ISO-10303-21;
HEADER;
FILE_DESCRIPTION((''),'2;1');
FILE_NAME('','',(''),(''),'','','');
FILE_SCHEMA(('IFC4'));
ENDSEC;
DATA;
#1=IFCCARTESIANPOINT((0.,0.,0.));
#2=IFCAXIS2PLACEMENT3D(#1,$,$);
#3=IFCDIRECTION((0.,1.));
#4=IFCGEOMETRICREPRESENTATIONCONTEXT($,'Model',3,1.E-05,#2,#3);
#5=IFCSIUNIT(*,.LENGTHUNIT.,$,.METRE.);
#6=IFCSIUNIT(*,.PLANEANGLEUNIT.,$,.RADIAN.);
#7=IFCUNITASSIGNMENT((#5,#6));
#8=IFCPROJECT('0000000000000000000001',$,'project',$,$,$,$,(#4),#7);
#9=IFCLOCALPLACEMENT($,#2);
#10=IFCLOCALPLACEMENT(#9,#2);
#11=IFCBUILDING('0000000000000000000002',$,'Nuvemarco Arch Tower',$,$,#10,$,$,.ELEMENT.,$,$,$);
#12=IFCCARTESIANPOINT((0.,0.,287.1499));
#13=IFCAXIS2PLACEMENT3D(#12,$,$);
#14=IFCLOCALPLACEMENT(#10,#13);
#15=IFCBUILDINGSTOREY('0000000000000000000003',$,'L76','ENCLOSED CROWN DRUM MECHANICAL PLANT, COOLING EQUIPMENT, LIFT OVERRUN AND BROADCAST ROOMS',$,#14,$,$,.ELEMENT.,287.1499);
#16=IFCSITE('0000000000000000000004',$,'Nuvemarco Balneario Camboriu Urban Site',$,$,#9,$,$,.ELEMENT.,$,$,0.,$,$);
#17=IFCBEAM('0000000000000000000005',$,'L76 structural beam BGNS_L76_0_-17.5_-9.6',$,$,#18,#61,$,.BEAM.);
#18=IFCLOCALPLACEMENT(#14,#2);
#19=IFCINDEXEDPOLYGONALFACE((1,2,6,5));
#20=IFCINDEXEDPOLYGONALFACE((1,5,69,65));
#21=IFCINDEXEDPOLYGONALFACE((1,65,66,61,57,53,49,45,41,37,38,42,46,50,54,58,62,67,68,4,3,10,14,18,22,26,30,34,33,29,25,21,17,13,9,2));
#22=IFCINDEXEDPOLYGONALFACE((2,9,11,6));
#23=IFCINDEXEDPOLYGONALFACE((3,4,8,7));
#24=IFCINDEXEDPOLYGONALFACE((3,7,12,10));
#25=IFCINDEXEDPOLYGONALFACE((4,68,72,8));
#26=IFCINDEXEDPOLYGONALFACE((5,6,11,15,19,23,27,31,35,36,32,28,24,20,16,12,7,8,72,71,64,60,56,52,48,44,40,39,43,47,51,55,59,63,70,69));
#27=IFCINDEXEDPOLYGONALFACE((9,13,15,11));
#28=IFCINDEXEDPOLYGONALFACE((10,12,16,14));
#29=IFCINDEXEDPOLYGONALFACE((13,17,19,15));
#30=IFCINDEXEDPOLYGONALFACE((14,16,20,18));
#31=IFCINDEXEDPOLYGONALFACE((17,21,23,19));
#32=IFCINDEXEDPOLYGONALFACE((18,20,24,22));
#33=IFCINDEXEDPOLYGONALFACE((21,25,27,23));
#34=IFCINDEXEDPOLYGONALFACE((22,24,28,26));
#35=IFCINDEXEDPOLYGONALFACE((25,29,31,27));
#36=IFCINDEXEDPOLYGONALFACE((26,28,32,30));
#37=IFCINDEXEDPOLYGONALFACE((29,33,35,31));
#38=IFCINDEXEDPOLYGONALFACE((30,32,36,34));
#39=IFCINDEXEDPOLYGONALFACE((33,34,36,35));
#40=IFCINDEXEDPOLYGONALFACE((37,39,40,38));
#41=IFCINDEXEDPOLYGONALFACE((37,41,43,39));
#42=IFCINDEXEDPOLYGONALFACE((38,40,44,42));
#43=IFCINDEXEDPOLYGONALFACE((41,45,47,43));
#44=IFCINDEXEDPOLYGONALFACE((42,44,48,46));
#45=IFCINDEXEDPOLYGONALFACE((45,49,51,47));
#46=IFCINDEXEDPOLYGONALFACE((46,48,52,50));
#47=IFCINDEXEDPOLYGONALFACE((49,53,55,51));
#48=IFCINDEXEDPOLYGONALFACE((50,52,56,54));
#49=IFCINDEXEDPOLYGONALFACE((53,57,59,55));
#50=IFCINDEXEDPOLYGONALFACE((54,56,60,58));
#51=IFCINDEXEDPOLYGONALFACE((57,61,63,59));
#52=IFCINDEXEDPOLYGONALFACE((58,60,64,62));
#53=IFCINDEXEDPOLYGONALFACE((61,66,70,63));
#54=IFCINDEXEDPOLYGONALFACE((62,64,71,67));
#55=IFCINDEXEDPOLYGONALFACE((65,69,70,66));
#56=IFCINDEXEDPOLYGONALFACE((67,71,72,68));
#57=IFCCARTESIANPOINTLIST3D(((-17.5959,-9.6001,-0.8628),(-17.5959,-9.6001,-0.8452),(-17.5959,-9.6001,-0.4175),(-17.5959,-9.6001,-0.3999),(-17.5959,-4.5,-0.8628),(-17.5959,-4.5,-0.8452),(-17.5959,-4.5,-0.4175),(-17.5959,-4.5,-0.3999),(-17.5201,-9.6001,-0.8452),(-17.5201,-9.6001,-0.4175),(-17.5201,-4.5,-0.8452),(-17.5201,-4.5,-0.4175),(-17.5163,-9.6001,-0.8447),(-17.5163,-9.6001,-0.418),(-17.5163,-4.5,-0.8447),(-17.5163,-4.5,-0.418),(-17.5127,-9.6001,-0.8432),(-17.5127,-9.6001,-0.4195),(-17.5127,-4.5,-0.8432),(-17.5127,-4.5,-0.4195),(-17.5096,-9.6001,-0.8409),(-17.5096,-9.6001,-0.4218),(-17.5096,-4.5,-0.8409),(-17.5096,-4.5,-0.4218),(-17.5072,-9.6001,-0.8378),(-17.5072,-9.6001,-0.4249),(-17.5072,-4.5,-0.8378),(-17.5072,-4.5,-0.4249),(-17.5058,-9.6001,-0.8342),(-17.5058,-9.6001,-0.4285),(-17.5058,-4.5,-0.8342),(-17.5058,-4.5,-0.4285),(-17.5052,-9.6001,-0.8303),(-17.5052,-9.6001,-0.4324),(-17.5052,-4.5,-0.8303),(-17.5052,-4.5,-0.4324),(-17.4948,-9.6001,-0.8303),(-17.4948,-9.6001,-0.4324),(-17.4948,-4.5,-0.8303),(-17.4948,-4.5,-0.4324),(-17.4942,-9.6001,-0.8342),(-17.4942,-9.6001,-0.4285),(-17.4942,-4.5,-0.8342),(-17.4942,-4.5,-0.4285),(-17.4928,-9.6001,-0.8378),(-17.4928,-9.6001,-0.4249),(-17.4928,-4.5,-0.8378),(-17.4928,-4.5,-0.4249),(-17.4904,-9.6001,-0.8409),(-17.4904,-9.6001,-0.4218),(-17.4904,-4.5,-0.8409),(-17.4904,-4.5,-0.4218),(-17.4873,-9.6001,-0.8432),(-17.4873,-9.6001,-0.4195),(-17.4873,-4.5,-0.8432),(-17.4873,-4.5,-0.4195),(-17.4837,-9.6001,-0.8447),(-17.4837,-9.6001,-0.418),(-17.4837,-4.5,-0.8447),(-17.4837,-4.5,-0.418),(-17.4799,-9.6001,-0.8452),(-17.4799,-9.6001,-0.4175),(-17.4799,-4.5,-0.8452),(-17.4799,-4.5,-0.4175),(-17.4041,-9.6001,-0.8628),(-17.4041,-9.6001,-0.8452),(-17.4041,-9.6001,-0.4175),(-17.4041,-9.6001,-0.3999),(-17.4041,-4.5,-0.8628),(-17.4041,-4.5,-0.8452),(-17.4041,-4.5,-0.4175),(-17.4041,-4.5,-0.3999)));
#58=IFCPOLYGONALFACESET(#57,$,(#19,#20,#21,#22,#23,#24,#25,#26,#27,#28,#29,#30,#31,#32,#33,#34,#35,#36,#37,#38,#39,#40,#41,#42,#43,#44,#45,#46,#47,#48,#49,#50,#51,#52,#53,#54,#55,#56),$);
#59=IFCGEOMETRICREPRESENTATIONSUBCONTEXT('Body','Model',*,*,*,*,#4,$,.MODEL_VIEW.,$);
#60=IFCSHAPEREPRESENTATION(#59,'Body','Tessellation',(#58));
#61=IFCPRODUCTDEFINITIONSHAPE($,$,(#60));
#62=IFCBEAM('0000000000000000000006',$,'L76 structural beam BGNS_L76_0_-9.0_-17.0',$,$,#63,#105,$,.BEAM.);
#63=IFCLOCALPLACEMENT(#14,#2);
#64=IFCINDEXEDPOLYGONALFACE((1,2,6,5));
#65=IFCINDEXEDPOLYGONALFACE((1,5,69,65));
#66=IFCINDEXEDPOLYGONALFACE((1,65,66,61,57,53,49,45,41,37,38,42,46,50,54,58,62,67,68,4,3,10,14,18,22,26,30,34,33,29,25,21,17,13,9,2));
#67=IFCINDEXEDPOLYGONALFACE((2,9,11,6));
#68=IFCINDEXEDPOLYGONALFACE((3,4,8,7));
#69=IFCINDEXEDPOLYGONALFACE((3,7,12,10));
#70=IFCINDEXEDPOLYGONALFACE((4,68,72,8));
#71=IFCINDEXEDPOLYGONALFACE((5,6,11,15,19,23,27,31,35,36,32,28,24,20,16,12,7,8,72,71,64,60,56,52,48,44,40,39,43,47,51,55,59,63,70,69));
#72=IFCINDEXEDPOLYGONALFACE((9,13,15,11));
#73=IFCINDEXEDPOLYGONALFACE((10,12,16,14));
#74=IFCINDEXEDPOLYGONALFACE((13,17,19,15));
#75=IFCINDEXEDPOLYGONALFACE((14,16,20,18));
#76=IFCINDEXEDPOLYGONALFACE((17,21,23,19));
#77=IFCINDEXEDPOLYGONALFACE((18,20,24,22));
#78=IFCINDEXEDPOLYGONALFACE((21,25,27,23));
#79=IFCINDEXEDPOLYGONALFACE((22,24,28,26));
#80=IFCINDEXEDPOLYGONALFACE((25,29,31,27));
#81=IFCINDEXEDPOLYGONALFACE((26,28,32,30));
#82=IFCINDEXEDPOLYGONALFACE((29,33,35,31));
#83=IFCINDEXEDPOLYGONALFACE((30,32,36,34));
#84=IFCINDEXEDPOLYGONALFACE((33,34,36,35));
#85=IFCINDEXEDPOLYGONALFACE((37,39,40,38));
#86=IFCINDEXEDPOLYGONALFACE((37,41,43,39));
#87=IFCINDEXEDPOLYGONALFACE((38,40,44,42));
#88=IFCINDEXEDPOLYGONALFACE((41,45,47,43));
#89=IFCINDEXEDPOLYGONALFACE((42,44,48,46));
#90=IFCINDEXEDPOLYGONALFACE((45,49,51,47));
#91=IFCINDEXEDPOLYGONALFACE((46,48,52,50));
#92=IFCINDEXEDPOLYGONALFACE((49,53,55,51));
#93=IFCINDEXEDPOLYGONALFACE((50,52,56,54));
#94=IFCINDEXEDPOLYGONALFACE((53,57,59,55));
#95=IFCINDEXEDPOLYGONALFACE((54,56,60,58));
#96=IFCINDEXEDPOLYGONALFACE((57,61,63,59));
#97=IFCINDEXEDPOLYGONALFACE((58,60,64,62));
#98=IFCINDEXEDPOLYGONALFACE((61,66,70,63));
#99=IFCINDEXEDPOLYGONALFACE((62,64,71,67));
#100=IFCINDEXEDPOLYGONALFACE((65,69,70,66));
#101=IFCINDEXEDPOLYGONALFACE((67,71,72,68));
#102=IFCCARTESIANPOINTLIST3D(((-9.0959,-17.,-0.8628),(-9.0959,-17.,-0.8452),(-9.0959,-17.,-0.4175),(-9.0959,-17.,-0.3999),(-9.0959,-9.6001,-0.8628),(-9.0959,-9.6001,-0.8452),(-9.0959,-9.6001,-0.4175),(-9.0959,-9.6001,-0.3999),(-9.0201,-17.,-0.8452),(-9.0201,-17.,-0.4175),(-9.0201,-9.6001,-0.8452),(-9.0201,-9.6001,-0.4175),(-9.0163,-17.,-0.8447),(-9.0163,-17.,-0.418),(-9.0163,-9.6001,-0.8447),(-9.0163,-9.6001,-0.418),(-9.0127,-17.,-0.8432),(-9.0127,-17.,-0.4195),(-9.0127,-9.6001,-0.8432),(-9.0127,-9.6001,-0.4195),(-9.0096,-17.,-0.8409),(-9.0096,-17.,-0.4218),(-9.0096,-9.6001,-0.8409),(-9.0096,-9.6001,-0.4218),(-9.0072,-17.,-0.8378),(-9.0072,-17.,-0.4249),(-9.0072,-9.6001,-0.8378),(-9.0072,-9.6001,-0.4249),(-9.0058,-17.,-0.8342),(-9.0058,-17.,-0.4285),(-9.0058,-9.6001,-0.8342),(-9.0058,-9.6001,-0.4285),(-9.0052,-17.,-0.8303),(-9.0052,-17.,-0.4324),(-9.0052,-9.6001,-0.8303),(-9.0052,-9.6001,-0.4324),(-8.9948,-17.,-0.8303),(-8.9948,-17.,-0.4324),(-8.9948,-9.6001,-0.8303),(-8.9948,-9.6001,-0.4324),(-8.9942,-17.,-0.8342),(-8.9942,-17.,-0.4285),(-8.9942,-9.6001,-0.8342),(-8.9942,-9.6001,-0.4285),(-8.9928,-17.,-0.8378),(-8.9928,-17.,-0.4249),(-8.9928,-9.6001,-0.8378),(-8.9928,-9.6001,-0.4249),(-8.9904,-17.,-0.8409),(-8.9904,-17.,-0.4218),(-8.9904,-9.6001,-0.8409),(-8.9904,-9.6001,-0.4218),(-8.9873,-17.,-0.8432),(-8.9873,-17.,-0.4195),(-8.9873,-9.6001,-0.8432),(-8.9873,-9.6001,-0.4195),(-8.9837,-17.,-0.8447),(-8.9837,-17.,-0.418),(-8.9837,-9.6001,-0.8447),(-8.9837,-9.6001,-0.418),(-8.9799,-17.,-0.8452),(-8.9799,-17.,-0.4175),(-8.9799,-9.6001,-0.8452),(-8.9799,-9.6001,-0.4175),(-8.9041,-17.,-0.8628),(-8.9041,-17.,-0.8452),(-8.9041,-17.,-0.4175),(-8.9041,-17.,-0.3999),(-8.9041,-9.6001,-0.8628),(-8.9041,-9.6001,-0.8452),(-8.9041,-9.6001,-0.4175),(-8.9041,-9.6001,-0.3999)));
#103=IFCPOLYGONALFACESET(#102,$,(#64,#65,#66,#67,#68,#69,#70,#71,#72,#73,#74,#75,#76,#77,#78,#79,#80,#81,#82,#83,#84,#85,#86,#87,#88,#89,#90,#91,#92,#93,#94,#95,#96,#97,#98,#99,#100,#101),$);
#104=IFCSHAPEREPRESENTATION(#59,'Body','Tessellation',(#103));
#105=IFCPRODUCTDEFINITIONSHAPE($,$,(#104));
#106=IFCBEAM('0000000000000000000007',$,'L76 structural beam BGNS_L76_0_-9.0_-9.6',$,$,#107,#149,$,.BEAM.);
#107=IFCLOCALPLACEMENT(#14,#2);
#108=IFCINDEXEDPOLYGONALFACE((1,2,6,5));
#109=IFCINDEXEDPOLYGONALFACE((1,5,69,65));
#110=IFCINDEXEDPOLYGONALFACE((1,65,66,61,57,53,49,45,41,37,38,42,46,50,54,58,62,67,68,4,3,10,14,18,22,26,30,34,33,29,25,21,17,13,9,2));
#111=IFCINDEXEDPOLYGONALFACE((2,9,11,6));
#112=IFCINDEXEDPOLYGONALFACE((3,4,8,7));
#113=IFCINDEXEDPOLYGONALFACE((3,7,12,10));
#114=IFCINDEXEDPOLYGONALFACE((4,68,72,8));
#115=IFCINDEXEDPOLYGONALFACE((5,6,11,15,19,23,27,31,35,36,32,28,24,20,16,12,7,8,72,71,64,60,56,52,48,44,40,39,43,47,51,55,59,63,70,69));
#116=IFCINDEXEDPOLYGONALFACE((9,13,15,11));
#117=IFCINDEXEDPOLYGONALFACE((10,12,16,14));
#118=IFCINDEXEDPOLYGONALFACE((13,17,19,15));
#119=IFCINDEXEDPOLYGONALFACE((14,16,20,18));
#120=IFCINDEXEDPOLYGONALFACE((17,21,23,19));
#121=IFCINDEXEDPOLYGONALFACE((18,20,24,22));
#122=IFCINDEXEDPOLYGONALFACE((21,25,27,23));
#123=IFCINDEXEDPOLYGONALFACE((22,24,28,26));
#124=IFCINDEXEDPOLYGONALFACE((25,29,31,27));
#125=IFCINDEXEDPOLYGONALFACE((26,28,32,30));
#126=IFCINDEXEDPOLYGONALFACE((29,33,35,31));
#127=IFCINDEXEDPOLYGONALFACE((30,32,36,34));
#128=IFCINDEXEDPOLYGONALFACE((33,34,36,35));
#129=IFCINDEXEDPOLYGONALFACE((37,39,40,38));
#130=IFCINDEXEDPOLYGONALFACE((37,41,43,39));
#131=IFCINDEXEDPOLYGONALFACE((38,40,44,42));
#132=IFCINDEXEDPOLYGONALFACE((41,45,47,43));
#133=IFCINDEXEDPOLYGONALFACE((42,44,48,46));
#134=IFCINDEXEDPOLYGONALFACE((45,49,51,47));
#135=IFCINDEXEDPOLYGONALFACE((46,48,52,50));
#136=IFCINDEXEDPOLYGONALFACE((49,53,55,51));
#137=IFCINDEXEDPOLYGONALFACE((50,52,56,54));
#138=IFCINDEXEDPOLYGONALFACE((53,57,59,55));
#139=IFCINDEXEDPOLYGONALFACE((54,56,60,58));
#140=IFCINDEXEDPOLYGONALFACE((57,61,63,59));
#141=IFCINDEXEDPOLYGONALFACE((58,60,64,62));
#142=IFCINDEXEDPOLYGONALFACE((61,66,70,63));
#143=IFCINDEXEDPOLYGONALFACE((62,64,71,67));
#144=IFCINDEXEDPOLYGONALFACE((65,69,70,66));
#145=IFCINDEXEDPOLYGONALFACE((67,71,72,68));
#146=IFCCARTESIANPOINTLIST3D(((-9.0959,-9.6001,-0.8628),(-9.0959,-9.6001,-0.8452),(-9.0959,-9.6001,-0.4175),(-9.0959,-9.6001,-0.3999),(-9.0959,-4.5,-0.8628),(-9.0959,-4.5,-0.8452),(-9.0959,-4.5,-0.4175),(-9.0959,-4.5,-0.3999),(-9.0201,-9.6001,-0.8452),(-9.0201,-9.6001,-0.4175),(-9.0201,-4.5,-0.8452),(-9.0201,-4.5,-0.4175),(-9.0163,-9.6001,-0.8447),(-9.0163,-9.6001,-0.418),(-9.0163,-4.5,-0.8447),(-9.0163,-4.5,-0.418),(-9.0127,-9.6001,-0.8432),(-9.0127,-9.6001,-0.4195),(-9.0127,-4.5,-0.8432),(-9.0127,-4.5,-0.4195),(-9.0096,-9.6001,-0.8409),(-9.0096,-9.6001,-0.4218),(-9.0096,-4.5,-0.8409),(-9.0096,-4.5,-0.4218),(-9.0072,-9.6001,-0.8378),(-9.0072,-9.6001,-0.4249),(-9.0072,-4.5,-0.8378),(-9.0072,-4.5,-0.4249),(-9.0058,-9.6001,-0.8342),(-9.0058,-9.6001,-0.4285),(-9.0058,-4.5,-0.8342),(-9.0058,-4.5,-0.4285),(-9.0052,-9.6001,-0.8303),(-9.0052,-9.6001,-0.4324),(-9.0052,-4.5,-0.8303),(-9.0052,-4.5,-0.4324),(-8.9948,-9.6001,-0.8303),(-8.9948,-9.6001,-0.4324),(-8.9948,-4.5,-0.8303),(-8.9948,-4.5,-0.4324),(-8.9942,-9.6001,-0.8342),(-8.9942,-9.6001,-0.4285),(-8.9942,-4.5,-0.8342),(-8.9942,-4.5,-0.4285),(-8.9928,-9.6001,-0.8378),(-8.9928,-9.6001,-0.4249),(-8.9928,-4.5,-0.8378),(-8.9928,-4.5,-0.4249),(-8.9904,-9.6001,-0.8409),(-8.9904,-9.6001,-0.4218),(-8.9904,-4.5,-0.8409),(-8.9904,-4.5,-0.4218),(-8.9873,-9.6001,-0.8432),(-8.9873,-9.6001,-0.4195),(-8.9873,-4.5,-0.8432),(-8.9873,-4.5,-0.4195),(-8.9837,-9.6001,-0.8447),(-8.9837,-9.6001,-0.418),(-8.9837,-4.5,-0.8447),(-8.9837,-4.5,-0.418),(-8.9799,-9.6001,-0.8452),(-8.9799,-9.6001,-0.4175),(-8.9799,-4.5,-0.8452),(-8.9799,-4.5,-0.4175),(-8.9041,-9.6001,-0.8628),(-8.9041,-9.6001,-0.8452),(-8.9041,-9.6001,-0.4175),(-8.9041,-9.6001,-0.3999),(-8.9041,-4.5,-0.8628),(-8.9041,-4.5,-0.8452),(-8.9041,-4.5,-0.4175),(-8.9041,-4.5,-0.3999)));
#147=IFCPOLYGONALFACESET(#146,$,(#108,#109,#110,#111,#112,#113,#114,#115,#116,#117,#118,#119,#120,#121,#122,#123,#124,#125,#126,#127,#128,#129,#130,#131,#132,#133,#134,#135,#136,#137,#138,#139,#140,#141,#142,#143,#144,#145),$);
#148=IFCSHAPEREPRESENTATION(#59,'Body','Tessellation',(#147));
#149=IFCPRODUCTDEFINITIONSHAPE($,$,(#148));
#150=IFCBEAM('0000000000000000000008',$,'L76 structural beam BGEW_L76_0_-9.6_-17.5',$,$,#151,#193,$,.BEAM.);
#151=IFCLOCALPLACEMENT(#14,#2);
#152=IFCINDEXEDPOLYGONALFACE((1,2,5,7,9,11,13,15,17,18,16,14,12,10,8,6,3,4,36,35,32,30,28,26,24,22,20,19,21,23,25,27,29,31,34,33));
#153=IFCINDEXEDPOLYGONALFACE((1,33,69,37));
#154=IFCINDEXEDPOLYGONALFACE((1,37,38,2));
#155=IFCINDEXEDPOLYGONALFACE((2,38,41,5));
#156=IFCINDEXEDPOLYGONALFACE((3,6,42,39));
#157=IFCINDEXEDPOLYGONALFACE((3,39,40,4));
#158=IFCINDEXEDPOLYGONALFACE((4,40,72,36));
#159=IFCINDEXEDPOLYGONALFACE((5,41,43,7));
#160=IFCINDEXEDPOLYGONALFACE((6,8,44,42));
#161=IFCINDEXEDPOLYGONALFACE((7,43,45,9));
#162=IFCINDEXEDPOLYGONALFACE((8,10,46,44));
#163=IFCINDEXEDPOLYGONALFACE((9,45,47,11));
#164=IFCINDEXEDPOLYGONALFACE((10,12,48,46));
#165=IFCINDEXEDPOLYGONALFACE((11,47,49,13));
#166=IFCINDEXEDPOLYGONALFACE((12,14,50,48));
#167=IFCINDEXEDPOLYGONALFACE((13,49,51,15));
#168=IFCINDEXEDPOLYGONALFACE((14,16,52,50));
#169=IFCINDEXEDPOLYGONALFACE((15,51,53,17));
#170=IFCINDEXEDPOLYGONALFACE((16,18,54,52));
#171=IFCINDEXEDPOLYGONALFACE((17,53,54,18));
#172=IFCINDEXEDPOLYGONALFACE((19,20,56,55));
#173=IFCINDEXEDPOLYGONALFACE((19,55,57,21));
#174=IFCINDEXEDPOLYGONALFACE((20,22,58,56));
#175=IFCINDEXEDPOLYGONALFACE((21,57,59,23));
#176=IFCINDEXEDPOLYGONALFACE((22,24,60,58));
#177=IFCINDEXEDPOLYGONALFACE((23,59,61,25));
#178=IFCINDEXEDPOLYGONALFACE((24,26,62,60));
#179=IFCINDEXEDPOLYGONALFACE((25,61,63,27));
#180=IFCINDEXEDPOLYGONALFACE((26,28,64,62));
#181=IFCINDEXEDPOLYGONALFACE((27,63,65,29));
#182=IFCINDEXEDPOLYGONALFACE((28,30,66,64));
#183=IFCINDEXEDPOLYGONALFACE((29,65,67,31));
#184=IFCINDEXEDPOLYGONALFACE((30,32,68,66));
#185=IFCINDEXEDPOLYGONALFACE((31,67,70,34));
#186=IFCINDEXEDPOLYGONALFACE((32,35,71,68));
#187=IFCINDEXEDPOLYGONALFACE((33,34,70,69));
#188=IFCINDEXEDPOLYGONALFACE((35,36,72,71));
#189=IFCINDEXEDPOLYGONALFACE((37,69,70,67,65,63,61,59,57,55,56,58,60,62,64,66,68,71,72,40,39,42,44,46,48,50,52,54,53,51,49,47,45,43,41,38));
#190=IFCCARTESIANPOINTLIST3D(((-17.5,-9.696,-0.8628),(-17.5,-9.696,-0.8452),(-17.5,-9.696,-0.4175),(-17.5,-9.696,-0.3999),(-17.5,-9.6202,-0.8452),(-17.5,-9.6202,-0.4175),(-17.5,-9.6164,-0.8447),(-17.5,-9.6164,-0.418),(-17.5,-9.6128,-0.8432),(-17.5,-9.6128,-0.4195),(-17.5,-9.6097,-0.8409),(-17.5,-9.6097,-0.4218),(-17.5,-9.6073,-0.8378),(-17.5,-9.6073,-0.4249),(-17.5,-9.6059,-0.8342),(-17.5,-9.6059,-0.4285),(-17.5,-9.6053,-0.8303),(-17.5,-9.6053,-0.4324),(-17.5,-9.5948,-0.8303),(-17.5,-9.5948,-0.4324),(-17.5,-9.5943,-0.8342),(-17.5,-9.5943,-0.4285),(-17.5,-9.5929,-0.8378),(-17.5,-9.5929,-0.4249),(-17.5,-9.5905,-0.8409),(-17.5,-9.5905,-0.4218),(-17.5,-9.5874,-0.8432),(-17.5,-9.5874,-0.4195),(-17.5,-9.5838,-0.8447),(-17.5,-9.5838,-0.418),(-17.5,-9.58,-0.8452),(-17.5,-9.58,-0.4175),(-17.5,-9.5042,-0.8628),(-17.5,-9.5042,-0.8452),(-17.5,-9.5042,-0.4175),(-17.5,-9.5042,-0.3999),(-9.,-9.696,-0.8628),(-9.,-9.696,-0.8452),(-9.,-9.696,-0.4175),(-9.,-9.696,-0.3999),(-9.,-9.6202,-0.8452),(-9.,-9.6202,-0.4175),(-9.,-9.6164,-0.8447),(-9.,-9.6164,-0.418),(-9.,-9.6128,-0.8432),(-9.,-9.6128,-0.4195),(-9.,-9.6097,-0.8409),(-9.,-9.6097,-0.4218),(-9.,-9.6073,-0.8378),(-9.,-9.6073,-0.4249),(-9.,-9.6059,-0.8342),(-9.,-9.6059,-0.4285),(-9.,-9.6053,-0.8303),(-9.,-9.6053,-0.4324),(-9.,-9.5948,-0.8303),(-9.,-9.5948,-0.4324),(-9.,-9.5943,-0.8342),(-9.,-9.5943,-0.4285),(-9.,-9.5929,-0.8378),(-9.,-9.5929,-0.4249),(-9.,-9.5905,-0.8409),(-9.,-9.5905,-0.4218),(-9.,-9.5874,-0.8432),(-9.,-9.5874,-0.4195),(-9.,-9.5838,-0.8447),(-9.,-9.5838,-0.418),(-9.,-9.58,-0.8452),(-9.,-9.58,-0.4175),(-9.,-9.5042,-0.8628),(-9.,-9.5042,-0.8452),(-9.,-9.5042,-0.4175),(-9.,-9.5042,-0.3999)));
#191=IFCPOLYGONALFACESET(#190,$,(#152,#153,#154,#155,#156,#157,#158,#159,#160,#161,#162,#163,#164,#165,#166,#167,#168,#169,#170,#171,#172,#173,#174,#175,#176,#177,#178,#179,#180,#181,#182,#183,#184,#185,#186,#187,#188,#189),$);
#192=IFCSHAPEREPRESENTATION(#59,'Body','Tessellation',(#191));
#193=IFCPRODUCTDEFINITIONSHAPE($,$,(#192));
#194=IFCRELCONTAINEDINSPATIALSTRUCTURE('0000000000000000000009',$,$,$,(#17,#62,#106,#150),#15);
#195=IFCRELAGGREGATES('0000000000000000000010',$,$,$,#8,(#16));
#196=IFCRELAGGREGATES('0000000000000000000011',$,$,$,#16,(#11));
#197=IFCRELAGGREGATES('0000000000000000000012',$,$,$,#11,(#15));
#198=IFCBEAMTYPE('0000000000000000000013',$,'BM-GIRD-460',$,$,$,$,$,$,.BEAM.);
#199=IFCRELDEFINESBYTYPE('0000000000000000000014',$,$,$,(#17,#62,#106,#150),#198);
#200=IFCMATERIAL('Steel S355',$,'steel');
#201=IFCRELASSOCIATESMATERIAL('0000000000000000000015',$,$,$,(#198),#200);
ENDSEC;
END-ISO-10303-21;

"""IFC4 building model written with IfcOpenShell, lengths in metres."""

from ifc_helpers import new_model, si_unit, direction, frame, origin, origin_2d, place, context, subcontext, project, spatial, i_section, extrude, material, material_profile, profile_set, type_object, element, save


model = new_model("IFC4")

# Units and contexts
model_context = context("Model", 3, precision=1e-05, world=origin(), true_north=direction((0.0, 1.0)))
body_context = subcontext(model_context, "Body", "Model", "MODEL_VIEW")
ifc_project = project(units=[si_unit("LENGTHUNIT", "METRE"), si_unit("PLANEANGLEUNIT", "RADIAN")], contexts=[model_context])

# Site, building, storey
site_placement = place(None, origin())
site = spatial("IfcSite", under=ifc_project, at=site_placement, Name="Nuvemarco Balneario Camboriu Urban Site", CompositionType="ELEMENT", RefElevation=0.0)
building_placement = place(site_placement, origin())
building = spatial("IfcBuilding", under=site, at=building_placement, Name="Nuvemarco Arch Tower", CompositionType="ELEMENT")
storey_placement = place(building_placement, frame((0.0, 0.0, 287.1499)))
storey = spatial("IfcBuildingStorey", under=building, at=storey_placement, Name="L76", Description="ENCLOSED CROWN DRUM MECHANICAL PLANT, COOLING EQUIPMENT, LIFT OVERRUN AND BROADCAST ROOMS", CompositionType="ELEMENT", Elevation=287.1499)

# Shared definitions
ifc_material_1 = material(Name="Steel S355", Category="steel")

# Beams
ifc_material_profile_1 = material_profile(ifc_material_1, i_section(OverallWidth=0.1919, OverallDepth=0.4629, WebThickness=0.0105, FlangeThickness=0.0176, FilletRadius=0.0149, at=origin_2d()), Name="W460x89")
ifc_profile_set_1 = profile_set([ifc_material_profile_1], Name="Steel S355")
beam_type_1 = type_object("IfcBeamType", Name="BM-GIRD-460", PredefinedType="BEAM", material=ifc_profile_set_1)
beam_1_placement = place(storey_placement, frame((-17.5, -9.6001, -0.6313), z_axis=(0.0, 1.0, 0.0), x_axis=(-1.0, 0.0, 0.0)))
element("IfcBeam", 1, at=beam_1_placement, inside=storey, type_object=beam_type_1, Name="L76 structural beam BGNS_L76_0_-17.5_-9.6", PredefinedType="BEAM", context=body_context, shape_type="SweptSolid", body=[
    extrude(i_section(OverallWidth=0.1919, OverallDepth=0.4629, WebThickness=0.0105, FlangeThickness=0.0176, FilletRadius=0.0149, at=origin_2d()), origin(), (0.0, 0.0, 1.0), 5.1001),
])
beam_2_placement = place(storey_placement, frame((-9.0, -17.0, -0.6313), z_axis=(0.0, 1.0, 0.0), x_axis=(-1.0, 0.0, 0.0)))
element("IfcBeam", 2, at=beam_2_placement, inside=storey, type_object=beam_type_1, Name="L76 structural beam BGNS_L76_0_-9.0_-17.0", PredefinedType="BEAM", context=body_context, shape_type="SweptSolid", body=[
    extrude(i_section(OverallWidth=0.1919, OverallDepth=0.4629, WebThickness=0.0105, FlangeThickness=0.0176, FilletRadius=0.0149, at=origin_2d()), origin(), (0.0, 0.0, 1.0), 7.3999),
])
beam_3_placement = place(storey_placement, frame((-9.0, -9.6001, -0.6313), z_axis=(0.0, 1.0, 0.0), x_axis=(-1.0, 0.0, 0.0)))
element("IfcBeam", 3, at=beam_3_placement, inside=storey, type_object=beam_type_1, Name="L76 structural beam BGNS_L76_0_-9.0_-9.6", PredefinedType="BEAM", context=body_context, shape_type="SweptSolid", body=[
    extrude(i_section(OverallWidth=0.1919, OverallDepth=0.4629, WebThickness=0.0105, FlangeThickness=0.0176, FilletRadius=0.0149, at=origin_2d()), origin(), (0.0, 0.0, 1.0), 5.1001),
])
beam_4_placement = place(storey_placement, frame((-17.5, -9.6001, -0.6313), z_axis=(1.0, 0.0, 0.0), x_axis=(0.0, 1.0, 0.0)))
element("IfcBeam", 4, at=beam_4_placement, inside=storey, type_object=beam_type_1, Name="L76 structural beam BGEW_L76_0_-9.6_-17.5", PredefinedType="BEAM", context=body_context, shape_type="SweptSolid", body=[
    extrude(i_section(OverallWidth=0.1919, OverallDepth=0.4629, WebThickness=0.0105, FlangeThickness=0.0176, FilletRadius=0.0149, at=origin_2d()), origin(), (0.0, 0.0, 1.0), 8.5),
])

save(model, "model.ifc")
